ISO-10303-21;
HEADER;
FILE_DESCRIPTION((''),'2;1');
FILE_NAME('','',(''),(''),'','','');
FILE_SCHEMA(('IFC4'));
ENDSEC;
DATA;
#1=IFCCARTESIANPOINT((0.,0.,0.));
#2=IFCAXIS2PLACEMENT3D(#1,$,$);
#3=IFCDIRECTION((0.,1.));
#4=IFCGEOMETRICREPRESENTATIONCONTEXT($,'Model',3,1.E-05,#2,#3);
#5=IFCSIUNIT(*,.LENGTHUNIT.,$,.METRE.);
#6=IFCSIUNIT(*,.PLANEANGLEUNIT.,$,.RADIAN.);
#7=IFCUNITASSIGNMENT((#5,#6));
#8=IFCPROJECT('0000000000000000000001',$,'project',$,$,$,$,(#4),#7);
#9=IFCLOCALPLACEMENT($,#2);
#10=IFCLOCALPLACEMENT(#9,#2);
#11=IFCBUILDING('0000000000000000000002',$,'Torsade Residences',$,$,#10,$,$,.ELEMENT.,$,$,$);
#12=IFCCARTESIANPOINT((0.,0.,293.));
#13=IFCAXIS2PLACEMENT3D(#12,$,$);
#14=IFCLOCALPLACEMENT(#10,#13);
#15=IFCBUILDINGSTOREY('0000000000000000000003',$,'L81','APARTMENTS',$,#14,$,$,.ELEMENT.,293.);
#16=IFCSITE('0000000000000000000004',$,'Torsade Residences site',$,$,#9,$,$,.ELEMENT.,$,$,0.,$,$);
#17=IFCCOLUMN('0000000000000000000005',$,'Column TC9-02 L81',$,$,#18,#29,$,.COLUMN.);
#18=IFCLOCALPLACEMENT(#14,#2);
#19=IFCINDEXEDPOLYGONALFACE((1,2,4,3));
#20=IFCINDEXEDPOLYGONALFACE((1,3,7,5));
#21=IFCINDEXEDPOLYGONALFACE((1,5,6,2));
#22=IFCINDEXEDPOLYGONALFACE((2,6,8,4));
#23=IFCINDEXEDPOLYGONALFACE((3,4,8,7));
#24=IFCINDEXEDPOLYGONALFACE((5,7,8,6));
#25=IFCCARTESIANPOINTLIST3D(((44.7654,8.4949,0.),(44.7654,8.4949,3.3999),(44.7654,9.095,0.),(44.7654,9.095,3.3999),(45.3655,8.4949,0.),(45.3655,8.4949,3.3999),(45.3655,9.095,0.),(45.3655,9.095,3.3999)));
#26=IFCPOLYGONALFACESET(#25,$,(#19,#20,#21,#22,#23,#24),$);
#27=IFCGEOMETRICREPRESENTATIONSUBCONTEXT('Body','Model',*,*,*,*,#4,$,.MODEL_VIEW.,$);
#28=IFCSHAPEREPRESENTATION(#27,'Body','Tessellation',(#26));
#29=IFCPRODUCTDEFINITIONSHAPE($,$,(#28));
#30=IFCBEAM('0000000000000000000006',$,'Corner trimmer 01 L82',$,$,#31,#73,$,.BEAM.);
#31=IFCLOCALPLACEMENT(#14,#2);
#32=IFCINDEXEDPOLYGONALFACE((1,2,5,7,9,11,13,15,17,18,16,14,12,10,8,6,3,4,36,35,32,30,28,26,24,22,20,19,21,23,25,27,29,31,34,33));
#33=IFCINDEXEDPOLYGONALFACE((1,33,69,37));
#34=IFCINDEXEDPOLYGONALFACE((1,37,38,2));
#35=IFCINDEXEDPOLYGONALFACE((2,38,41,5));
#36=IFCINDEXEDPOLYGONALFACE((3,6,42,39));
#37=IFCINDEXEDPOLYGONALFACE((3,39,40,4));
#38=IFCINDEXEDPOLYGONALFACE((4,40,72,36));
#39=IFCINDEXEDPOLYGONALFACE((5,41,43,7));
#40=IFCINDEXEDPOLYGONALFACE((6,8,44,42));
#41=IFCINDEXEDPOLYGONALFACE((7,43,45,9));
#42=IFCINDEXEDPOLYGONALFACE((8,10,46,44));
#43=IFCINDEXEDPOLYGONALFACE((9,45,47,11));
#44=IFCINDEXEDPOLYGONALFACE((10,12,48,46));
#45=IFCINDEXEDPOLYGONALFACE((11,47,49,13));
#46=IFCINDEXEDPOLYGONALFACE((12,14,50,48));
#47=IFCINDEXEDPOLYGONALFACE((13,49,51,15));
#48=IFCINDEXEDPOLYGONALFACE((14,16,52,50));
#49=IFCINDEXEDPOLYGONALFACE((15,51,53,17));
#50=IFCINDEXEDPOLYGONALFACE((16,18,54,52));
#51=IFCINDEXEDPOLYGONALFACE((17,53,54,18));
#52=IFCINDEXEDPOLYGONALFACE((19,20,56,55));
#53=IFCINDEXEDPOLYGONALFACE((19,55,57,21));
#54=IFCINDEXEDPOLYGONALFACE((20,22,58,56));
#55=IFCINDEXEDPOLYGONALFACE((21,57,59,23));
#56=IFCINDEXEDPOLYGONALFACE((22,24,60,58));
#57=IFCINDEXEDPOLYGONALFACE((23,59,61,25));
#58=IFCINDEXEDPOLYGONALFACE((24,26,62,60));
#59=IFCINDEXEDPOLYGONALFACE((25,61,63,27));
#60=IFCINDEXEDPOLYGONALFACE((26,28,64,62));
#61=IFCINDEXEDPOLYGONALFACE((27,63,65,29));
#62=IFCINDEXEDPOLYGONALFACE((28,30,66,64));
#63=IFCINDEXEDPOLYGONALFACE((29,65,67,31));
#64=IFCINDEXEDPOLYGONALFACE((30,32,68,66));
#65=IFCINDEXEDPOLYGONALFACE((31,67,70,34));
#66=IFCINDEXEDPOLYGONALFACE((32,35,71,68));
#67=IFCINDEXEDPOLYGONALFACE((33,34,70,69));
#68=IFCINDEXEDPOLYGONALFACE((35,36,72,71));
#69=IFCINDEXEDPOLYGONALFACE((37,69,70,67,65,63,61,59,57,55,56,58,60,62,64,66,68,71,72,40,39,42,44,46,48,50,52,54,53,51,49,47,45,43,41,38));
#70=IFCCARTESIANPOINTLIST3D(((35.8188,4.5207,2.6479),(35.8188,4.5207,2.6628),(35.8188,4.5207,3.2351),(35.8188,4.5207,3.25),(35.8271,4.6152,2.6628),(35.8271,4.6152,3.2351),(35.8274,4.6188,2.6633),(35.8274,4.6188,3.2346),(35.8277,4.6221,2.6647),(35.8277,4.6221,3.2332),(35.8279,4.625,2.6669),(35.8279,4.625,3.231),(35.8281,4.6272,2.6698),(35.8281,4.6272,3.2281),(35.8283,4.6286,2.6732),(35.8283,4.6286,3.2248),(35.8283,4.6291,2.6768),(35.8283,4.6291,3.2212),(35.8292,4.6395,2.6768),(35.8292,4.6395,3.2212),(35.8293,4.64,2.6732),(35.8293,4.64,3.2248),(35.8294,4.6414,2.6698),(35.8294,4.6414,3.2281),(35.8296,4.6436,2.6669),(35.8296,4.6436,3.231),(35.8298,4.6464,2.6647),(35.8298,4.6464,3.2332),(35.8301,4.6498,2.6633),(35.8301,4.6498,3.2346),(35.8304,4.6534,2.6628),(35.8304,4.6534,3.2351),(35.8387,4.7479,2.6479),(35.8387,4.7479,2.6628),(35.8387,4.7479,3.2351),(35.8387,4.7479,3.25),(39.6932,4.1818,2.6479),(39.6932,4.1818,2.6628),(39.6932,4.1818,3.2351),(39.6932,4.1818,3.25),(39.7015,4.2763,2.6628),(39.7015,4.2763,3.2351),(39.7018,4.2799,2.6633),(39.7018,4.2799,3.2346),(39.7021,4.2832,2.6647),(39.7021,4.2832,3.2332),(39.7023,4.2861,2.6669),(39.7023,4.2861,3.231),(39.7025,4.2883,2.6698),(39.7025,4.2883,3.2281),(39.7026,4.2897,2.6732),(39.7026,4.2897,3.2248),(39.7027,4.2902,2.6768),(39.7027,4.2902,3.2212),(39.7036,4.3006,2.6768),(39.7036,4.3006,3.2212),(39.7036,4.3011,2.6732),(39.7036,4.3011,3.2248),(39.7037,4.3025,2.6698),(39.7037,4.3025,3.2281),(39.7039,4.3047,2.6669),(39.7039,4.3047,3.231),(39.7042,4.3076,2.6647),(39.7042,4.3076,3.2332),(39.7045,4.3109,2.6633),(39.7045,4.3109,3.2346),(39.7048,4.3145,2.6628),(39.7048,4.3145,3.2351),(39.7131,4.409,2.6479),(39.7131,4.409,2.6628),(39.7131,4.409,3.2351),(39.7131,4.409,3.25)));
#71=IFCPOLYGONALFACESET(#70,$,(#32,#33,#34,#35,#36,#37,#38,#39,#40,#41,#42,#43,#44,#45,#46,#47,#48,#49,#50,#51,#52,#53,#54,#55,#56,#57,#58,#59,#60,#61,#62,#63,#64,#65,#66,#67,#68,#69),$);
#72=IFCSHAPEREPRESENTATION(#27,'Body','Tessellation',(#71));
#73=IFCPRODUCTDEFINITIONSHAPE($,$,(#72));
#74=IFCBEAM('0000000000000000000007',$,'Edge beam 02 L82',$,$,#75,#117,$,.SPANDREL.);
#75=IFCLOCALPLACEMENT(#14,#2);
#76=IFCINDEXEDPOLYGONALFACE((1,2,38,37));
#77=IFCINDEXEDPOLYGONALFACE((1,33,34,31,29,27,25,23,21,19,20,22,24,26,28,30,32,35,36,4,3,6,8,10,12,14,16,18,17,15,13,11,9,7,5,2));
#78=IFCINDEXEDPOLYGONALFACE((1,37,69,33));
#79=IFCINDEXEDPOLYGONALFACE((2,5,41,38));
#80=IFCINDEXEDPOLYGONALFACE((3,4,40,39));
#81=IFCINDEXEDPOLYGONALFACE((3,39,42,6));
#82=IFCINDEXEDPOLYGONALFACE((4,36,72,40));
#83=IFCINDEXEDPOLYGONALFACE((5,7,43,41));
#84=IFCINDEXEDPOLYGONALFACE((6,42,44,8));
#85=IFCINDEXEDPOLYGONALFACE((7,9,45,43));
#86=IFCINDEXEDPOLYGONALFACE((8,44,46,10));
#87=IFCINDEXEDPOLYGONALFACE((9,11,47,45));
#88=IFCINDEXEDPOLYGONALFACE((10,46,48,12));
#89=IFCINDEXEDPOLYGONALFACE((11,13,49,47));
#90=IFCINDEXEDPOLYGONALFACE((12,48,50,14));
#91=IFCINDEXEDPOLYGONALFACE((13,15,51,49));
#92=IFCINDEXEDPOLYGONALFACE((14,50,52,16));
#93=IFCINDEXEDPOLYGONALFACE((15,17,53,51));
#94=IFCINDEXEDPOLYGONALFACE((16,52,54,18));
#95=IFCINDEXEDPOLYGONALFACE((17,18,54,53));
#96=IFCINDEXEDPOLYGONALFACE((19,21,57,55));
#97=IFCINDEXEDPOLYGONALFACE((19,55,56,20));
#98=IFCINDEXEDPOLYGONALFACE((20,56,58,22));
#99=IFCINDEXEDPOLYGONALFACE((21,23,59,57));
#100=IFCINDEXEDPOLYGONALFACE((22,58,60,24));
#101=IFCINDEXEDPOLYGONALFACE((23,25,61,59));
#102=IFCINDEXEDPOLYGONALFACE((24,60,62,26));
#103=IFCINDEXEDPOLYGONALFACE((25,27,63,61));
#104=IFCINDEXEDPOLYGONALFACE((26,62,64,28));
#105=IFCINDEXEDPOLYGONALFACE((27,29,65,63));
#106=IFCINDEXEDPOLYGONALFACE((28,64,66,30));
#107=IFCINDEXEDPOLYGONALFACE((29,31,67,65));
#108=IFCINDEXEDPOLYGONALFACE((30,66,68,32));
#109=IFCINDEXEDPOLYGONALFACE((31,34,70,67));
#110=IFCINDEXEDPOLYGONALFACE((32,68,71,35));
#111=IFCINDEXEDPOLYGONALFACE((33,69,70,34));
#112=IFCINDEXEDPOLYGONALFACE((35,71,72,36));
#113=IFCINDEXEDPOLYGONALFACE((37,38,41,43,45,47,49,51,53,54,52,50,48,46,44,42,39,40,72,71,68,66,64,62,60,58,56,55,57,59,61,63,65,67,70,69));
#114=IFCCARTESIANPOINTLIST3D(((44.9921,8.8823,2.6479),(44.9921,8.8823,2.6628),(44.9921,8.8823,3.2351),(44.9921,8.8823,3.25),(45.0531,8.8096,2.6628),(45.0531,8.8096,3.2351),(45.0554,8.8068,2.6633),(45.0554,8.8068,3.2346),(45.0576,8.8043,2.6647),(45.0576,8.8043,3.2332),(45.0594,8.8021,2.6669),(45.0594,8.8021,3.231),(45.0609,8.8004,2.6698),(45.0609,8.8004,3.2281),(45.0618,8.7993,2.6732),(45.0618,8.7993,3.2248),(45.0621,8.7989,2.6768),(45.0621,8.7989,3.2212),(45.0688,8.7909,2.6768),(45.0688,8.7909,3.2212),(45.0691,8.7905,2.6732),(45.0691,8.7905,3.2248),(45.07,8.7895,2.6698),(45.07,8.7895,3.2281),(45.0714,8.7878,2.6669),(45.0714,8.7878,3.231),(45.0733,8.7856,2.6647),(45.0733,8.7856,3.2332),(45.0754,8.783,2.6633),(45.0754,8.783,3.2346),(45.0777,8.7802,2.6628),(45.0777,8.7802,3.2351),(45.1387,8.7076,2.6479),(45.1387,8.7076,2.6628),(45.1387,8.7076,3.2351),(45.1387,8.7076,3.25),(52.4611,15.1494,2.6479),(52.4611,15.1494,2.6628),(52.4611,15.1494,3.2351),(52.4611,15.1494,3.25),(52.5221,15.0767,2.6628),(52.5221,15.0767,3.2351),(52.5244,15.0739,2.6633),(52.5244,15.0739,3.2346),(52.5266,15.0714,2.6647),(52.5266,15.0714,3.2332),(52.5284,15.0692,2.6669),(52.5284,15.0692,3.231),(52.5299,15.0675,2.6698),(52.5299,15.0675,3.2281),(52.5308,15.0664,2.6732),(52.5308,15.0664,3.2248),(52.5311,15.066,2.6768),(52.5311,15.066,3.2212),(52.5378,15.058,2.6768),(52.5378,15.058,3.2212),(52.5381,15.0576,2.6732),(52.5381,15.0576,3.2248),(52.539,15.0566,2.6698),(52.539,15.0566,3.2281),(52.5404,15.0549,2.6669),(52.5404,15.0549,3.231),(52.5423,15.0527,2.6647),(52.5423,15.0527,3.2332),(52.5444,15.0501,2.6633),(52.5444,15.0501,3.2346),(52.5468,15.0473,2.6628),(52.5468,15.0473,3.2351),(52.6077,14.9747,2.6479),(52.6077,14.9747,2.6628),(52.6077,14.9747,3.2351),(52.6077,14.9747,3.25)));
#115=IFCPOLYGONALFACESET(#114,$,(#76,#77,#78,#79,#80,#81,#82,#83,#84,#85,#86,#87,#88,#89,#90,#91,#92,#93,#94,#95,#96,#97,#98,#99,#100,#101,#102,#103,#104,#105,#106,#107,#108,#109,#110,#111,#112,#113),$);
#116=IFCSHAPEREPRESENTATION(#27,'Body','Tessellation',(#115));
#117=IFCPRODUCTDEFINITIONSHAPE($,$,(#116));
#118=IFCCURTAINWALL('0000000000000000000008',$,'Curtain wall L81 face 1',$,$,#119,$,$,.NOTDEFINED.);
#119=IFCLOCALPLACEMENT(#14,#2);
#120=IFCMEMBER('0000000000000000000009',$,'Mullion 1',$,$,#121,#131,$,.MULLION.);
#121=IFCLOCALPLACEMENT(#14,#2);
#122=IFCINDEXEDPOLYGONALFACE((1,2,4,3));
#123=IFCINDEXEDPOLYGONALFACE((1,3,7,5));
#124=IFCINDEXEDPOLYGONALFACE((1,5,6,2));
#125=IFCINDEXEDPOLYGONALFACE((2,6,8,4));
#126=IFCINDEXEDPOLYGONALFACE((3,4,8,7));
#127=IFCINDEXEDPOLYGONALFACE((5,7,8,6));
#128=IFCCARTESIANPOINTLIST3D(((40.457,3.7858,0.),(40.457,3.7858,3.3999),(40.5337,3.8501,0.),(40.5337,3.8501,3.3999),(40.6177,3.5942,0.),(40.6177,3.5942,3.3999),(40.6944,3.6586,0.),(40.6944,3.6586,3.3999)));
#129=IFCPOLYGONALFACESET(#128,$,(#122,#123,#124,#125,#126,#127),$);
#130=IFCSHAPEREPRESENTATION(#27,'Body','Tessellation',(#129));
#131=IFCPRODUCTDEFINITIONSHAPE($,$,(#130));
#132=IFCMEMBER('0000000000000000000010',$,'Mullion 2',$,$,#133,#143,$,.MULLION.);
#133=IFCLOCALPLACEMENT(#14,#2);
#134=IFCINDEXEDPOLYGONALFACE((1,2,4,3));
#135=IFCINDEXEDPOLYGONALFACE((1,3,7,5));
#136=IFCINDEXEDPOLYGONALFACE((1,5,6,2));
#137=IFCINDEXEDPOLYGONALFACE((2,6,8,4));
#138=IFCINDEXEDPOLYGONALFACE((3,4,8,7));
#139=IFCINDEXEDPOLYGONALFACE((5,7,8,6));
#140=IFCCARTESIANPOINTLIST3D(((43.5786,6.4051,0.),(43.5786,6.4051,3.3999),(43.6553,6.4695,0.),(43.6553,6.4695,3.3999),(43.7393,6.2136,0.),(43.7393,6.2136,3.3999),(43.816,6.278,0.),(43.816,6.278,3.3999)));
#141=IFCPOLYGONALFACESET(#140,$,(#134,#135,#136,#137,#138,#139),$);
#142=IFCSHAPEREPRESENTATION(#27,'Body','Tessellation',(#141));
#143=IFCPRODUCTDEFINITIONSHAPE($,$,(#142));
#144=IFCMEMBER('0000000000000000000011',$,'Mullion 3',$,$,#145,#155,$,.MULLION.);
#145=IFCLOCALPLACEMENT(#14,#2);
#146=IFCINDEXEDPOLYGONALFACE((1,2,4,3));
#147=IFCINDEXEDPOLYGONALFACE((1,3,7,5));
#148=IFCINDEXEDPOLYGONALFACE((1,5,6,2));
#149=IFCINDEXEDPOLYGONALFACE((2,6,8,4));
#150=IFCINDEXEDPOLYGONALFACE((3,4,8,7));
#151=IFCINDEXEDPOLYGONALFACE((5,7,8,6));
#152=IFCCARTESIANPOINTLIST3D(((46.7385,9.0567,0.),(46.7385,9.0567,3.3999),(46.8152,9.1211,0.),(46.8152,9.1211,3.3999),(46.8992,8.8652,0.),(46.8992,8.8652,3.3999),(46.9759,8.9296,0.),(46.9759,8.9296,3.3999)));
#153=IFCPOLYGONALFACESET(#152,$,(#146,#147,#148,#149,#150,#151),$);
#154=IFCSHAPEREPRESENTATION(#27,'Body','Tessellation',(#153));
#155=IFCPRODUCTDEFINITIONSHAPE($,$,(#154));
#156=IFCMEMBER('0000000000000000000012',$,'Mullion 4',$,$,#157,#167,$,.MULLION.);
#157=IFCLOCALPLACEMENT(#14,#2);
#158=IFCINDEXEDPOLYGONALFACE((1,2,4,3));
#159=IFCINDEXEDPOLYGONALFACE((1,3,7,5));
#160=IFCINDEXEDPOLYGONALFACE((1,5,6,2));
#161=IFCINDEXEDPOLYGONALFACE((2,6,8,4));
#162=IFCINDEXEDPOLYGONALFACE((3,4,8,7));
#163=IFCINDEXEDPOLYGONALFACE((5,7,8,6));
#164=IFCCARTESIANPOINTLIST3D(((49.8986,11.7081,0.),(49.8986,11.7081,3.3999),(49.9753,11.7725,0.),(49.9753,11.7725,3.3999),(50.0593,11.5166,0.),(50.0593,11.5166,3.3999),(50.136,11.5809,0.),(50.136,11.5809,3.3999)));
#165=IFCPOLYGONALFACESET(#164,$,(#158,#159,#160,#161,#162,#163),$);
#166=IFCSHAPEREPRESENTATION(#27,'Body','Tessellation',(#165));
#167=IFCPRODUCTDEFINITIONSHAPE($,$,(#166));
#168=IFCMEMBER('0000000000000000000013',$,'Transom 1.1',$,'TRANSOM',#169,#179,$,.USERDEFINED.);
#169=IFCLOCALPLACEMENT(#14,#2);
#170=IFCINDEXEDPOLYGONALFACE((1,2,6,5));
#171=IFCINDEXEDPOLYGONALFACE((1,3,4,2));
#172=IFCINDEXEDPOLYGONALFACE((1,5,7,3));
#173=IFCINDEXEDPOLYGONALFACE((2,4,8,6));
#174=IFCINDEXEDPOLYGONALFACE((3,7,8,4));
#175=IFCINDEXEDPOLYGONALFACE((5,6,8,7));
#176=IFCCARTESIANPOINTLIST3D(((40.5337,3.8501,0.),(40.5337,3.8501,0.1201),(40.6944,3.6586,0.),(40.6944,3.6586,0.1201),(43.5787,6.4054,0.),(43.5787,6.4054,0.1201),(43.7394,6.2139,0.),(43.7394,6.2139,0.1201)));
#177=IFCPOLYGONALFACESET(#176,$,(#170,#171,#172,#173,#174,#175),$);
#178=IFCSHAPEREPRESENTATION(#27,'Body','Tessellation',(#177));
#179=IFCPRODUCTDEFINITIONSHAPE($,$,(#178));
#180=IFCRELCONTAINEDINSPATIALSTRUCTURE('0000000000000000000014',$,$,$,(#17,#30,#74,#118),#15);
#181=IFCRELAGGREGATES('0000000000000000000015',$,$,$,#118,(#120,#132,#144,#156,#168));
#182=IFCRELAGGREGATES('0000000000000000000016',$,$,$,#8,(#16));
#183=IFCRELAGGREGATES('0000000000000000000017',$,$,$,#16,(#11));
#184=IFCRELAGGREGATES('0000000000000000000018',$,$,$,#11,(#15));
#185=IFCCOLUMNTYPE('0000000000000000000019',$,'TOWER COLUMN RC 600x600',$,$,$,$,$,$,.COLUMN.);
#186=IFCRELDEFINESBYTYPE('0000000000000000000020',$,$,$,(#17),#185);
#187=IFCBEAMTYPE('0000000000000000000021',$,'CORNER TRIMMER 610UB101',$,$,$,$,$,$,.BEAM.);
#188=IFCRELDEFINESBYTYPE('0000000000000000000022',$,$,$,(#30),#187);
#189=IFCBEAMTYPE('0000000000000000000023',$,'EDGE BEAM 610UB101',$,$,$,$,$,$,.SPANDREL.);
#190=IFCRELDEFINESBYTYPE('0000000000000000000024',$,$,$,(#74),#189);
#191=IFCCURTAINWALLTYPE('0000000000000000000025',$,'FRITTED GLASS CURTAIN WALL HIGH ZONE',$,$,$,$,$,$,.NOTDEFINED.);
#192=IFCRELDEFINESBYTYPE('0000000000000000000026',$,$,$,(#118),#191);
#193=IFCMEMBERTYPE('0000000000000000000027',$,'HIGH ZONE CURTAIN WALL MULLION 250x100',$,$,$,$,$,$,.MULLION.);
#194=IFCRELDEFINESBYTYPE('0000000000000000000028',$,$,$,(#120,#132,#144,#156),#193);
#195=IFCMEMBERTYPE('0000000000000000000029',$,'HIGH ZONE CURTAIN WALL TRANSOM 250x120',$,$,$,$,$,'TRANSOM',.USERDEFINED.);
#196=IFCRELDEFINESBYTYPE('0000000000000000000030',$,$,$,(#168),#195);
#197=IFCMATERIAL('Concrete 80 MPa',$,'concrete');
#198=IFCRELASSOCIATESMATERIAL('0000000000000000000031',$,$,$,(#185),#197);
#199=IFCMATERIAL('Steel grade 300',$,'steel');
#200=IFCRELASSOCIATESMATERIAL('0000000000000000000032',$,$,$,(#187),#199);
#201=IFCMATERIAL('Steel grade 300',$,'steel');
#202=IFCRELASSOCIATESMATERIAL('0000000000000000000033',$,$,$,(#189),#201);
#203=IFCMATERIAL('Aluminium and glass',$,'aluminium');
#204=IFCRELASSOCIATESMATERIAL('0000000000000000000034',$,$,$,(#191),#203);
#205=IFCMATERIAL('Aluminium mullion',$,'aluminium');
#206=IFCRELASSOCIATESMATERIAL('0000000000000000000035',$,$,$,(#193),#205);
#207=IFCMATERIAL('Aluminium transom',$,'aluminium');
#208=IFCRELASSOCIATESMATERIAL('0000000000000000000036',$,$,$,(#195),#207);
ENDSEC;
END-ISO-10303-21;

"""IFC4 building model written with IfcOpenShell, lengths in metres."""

from ifc_helpers import new_model, si_unit, direction, frame, origin, origin_2d, place, context, subcontext, project, spatial, rectangle, i_section, extrude, material, material_profile, profile_set, type_object, element, aggregate, save


model = new_model("IFC4")

# Units and contexts
model_context = context("Model", 3, precision=1e-05, world=origin(), true_north=direction((0.0, 1.0)))
body_context = subcontext(model_context, "Body", "Model", "MODEL_VIEW")
ifc_project = project(units=[si_unit("LENGTHUNIT", "METRE"), si_unit("PLANEANGLEUNIT", "RADIAN")], contexts=[model_context])

# Site, building, storey
site_placement = place(None, origin())
site = spatial("IfcSite", under=ifc_project, at=site_placement, Name="Torsade Residences site", CompositionType="ELEMENT", RefElevation=0.0)
building_placement = place(site_placement, origin())
building = spatial("IfcBuilding", under=site, at=building_placement, Name="Torsade Residences", CompositionType="ELEMENT")
storey_placement = place(building_placement, frame((0.0, 0.0, 293.0)))
storey = spatial("IfcBuildingStorey", under=building, at=storey_placement, Name="L81", Description="APARTMENTS", CompositionType="ELEMENT", Elevation=293.0)

# Column
ifc_material_1 = material(Name="Concrete 80 MPa", Category="concrete")
ifc_material_profile_1 = material_profile(ifc_material_1, rectangle(XDim=0.6001, YDim=0.6001, at=origin_2d()), Name="RC 600x600")
ifc_profile_set_1 = profile_set([ifc_material_profile_1], Name="Concrete 80 MPa")
column_type = type_object("IfcColumnType", Name="TOWER COLUMN RC 600x600", PredefinedType="COLUMN", material=ifc_profile_set_1)
column_placement = place(storey_placement, frame((45.0654, 8.7949, 0.0), z_axis=(0.0, 0.0, 1.0), x_axis=(1.0, 0.0, 0.0)))
element("IfcColumn", 1, at=column_placement, inside=storey, type_object=column_type, Name="Column TC9-02 L81", PredefinedType="COLUMN", context=body_context, shape_type="SweptSolid", body=[
    extrude(rectangle(XDim=0.6001, YDim=0.6001, at=origin_2d()), origin(), (0.0, 0.0, 1.0), 3.3999),
])

# Beams
ifc_material_2 = material(Name="Steel grade 300", Category="steel")
ifc_material_profile_2 = material_profile(ifc_material_2, i_section(OverallWidth=0.228, OverallDepth=0.6021, WebThickness=0.0105, FlangeThickness=0.0149, FilletRadius=0.0139, at=origin_2d()), Name="610UB101")
ifc_profile_set_2 = profile_set([ifc_material_profile_2], Name="Steel grade 300")
beam_type_1 = type_object("IfcBeamType", Name="CORNER TRIMMER 610UB101", PredefinedType="BEAM", material=ifc_profile_set_2)
beam_1_placement = place(storey_placement, frame((39.7031, 4.2954, 2.949), z_axis=(-0.996197, 0.087133, 0.0), x_axis=(-0.087133, -0.996197, 0.0)))
element("IfcBeam", 2, at=beam_1_placement, inside=storey, type_object=beam_type_1, Name="Corner trimmer 01 L82", PredefinedType="BEAM", context=body_context, shape_type="SweptSolid", body=[
    extrude(i_section(OverallWidth=0.228, OverallDepth=0.6021, WebThickness=0.0105, FlangeThickness=0.0149, FilletRadius=0.0139, at=origin_2d()), origin(), (0.0, 0.0, 1.0), 3.8892),
])
ifc_material_3 = material(Name="Steel grade 300", Category="steel")
ifc_material_profile_3 = material_profile(ifc_material_3, i_section(OverallWidth=0.228, OverallDepth=0.6021, WebThickness=0.0105, FlangeThickness=0.0149, FilletRadius=0.0139, at=origin_2d()), Name="610UB101")
ifc_profile_set_3 = profile_set([ifc_material_profile_3], Name="Steel grade 300")
beam_type_2 = type_object("IfcBeamType", Name="EDGE BEAM 610UB101", PredefinedType="SPANDREL", material=ifc_profile_set_3)
beam_2_placement = place(storey_placement, frame((45.0654, 8.7949, 2.949), z_axis=(0.766052, 0.642779, 0.0), x_axis=(-0.642779, 0.766052, 0.0)))
element("IfcBeam", 3, at=beam_2_placement, inside=storey, type_object=beam_type_2, Name="Edge beam 02 L82", PredefinedType="SPANDREL", context=body_context, shape_type="SweptSolid", body=[
    extrude(i_section(OverallWidth=0.228, OverallDepth=0.6021, WebThickness=0.0105, FlangeThickness=0.0149, FilletRadius=0.0139, at=origin_2d()), origin(), (0.0, 0.0, 1.0), 9.75),
])

# Curtain wall, members
ifc_material_4 = material(Name="Aluminium and glass", Category="aluminium")
curtain_wall_type = type_object("IfcCurtainWallType", Name="FRITTED GLASS CURTAIN WALL HIGH ZONE", PredefinedType="NOTDEFINED", material=ifc_material_4)
curtain_wall_placement = place(storey_placement, origin())
curtain_wall = element("IfcCurtainWall", 4, at=curtain_wall_placement, inside=storey, type_object=curtain_wall_type, Name="Curtain wall L81 face 1", PredefinedType="NOTDEFINED")
ifc_material_5 = material(Name="Aluminium mullion", Category="aluminium")
ifc_material_profile_4 = material_profile(ifc_material_5, rectangle(XDim=0.25, YDim=0.1001, at=origin_2d()), Name="HIGH ZONE CURTAIN WALL MULLION 250x100")
ifc_profile_set_4 = profile_set([ifc_material_profile_4], Name="Aluminium mullion")
member_type_1 = type_object("IfcMemberType", Name="HIGH ZONE CURTAIN WALL MULLION 250x100", PredefinedType="MULLION", material=ifc_profile_set_4)
member_1_placement = place(storey_placement, frame((40.5757, 3.7222, 0.0), z_axis=(0.0, 0.0, 1.0), x_axis=(-0.642788, 0.766044, 0.0)))
member_1 = element("IfcMember", 5, at=member_1_placement, type_object=member_type_1, Name="Mullion 1", PredefinedType="MULLION", context=body_context, shape_type="SweptSolid", body=[
    extrude(rectangle(XDim=0.25, YDim=0.1001, at=origin_2d()), origin(), (0.0, 0.0, 1.0), 3.3999),
])
member_2_placement = place(storey_placement, frame((43.6973, 6.3416, 0.0), z_axis=(0.0, 0.0, 1.0), x_axis=(-0.642788, 0.766044, 0.0)))
member_2 = element("IfcMember", 6, at=member_2_placement, type_object=member_type_1, Name="Mullion 2", PredefinedType="MULLION", context=body_context, shape_type="SweptSolid", body=[
    extrude(rectangle(XDim=0.25, YDim=0.1001, at=origin_2d()), origin(), (0.0, 0.0, 1.0), 3.3999),
])
member_3_placement = place(storey_placement, frame((46.8572, 8.9932, 0.0), z_axis=(0.0, 0.0, 1.0), x_axis=(-0.642788, 0.766044, 0.0)))
member_3 = element("IfcMember", 7, at=member_3_placement, type_object=member_type_1, Name="Mullion 3", PredefinedType="MULLION", context=body_context, shape_type="SweptSolid", body=[
    extrude(rectangle(XDim=0.25, YDim=0.1001, at=origin_2d()), origin(), (0.0, 0.0, 1.0), 3.3999),
])
member_4_placement = place(storey_placement, frame((50.0173, 11.6445, 0.0), z_axis=(0.0, 0.0, 1.0), x_axis=(-0.642788, 0.766044, 0.0)))
member_4 = element("IfcMember", 8, at=member_4_placement, type_object=member_type_1, Name="Mullion 4", PredefinedType="MULLION", context=body_context, shape_type="SweptSolid", body=[
    extrude(rectangle(XDim=0.25, YDim=0.1001, at=origin_2d()), origin(), (0.0, 0.0, 1.0), 3.3999),
])
ifc_material_6 = material(Name="Aluminium transom", Category="aluminium")
ifc_material_profile_5 = material_profile(ifc_material_6, rectangle(XDim=0.25, YDim=0.1201, at=origin_2d()), Name="HIGH ZONE CURTAIN WALL TRANSOM 250x120")
ifc_profile_set_5 = profile_set([ifc_material_profile_5], Name="Aluminium transom")
member_type_2 = type_object("IfcMemberType", Name="HIGH ZONE CURTAIN WALL TRANSOM 250x120", ElementType="TRANSOM", PredefinedType="USERDEFINED", material=ifc_profile_set_5)
member_5_placement = place(storey_placement, frame((40.614, 3.7544, 0.0601), z_axis=(0.766022, 0.642815, 0.0), x_axis=(-0.642815, 0.766022, 0.0)))
member_5 = element("IfcMember", 9, at=member_5_placement, type_object=member_type_2, Name="Transom 1.1", ObjectType="TRANSOM", PredefinedType="USERDEFINED", context=body_context, shape_type="SweptSolid", body=[
    extrude(rectangle(XDim=0.25, YDim=0.1201, at=origin_2d()), origin(), (0.0, 0.0, 1.0), 3.9751),
])

aggregate(curtain_wall, [member_1, member_2, member_3, member_4, member_5])

save(model, "model.ifc")
